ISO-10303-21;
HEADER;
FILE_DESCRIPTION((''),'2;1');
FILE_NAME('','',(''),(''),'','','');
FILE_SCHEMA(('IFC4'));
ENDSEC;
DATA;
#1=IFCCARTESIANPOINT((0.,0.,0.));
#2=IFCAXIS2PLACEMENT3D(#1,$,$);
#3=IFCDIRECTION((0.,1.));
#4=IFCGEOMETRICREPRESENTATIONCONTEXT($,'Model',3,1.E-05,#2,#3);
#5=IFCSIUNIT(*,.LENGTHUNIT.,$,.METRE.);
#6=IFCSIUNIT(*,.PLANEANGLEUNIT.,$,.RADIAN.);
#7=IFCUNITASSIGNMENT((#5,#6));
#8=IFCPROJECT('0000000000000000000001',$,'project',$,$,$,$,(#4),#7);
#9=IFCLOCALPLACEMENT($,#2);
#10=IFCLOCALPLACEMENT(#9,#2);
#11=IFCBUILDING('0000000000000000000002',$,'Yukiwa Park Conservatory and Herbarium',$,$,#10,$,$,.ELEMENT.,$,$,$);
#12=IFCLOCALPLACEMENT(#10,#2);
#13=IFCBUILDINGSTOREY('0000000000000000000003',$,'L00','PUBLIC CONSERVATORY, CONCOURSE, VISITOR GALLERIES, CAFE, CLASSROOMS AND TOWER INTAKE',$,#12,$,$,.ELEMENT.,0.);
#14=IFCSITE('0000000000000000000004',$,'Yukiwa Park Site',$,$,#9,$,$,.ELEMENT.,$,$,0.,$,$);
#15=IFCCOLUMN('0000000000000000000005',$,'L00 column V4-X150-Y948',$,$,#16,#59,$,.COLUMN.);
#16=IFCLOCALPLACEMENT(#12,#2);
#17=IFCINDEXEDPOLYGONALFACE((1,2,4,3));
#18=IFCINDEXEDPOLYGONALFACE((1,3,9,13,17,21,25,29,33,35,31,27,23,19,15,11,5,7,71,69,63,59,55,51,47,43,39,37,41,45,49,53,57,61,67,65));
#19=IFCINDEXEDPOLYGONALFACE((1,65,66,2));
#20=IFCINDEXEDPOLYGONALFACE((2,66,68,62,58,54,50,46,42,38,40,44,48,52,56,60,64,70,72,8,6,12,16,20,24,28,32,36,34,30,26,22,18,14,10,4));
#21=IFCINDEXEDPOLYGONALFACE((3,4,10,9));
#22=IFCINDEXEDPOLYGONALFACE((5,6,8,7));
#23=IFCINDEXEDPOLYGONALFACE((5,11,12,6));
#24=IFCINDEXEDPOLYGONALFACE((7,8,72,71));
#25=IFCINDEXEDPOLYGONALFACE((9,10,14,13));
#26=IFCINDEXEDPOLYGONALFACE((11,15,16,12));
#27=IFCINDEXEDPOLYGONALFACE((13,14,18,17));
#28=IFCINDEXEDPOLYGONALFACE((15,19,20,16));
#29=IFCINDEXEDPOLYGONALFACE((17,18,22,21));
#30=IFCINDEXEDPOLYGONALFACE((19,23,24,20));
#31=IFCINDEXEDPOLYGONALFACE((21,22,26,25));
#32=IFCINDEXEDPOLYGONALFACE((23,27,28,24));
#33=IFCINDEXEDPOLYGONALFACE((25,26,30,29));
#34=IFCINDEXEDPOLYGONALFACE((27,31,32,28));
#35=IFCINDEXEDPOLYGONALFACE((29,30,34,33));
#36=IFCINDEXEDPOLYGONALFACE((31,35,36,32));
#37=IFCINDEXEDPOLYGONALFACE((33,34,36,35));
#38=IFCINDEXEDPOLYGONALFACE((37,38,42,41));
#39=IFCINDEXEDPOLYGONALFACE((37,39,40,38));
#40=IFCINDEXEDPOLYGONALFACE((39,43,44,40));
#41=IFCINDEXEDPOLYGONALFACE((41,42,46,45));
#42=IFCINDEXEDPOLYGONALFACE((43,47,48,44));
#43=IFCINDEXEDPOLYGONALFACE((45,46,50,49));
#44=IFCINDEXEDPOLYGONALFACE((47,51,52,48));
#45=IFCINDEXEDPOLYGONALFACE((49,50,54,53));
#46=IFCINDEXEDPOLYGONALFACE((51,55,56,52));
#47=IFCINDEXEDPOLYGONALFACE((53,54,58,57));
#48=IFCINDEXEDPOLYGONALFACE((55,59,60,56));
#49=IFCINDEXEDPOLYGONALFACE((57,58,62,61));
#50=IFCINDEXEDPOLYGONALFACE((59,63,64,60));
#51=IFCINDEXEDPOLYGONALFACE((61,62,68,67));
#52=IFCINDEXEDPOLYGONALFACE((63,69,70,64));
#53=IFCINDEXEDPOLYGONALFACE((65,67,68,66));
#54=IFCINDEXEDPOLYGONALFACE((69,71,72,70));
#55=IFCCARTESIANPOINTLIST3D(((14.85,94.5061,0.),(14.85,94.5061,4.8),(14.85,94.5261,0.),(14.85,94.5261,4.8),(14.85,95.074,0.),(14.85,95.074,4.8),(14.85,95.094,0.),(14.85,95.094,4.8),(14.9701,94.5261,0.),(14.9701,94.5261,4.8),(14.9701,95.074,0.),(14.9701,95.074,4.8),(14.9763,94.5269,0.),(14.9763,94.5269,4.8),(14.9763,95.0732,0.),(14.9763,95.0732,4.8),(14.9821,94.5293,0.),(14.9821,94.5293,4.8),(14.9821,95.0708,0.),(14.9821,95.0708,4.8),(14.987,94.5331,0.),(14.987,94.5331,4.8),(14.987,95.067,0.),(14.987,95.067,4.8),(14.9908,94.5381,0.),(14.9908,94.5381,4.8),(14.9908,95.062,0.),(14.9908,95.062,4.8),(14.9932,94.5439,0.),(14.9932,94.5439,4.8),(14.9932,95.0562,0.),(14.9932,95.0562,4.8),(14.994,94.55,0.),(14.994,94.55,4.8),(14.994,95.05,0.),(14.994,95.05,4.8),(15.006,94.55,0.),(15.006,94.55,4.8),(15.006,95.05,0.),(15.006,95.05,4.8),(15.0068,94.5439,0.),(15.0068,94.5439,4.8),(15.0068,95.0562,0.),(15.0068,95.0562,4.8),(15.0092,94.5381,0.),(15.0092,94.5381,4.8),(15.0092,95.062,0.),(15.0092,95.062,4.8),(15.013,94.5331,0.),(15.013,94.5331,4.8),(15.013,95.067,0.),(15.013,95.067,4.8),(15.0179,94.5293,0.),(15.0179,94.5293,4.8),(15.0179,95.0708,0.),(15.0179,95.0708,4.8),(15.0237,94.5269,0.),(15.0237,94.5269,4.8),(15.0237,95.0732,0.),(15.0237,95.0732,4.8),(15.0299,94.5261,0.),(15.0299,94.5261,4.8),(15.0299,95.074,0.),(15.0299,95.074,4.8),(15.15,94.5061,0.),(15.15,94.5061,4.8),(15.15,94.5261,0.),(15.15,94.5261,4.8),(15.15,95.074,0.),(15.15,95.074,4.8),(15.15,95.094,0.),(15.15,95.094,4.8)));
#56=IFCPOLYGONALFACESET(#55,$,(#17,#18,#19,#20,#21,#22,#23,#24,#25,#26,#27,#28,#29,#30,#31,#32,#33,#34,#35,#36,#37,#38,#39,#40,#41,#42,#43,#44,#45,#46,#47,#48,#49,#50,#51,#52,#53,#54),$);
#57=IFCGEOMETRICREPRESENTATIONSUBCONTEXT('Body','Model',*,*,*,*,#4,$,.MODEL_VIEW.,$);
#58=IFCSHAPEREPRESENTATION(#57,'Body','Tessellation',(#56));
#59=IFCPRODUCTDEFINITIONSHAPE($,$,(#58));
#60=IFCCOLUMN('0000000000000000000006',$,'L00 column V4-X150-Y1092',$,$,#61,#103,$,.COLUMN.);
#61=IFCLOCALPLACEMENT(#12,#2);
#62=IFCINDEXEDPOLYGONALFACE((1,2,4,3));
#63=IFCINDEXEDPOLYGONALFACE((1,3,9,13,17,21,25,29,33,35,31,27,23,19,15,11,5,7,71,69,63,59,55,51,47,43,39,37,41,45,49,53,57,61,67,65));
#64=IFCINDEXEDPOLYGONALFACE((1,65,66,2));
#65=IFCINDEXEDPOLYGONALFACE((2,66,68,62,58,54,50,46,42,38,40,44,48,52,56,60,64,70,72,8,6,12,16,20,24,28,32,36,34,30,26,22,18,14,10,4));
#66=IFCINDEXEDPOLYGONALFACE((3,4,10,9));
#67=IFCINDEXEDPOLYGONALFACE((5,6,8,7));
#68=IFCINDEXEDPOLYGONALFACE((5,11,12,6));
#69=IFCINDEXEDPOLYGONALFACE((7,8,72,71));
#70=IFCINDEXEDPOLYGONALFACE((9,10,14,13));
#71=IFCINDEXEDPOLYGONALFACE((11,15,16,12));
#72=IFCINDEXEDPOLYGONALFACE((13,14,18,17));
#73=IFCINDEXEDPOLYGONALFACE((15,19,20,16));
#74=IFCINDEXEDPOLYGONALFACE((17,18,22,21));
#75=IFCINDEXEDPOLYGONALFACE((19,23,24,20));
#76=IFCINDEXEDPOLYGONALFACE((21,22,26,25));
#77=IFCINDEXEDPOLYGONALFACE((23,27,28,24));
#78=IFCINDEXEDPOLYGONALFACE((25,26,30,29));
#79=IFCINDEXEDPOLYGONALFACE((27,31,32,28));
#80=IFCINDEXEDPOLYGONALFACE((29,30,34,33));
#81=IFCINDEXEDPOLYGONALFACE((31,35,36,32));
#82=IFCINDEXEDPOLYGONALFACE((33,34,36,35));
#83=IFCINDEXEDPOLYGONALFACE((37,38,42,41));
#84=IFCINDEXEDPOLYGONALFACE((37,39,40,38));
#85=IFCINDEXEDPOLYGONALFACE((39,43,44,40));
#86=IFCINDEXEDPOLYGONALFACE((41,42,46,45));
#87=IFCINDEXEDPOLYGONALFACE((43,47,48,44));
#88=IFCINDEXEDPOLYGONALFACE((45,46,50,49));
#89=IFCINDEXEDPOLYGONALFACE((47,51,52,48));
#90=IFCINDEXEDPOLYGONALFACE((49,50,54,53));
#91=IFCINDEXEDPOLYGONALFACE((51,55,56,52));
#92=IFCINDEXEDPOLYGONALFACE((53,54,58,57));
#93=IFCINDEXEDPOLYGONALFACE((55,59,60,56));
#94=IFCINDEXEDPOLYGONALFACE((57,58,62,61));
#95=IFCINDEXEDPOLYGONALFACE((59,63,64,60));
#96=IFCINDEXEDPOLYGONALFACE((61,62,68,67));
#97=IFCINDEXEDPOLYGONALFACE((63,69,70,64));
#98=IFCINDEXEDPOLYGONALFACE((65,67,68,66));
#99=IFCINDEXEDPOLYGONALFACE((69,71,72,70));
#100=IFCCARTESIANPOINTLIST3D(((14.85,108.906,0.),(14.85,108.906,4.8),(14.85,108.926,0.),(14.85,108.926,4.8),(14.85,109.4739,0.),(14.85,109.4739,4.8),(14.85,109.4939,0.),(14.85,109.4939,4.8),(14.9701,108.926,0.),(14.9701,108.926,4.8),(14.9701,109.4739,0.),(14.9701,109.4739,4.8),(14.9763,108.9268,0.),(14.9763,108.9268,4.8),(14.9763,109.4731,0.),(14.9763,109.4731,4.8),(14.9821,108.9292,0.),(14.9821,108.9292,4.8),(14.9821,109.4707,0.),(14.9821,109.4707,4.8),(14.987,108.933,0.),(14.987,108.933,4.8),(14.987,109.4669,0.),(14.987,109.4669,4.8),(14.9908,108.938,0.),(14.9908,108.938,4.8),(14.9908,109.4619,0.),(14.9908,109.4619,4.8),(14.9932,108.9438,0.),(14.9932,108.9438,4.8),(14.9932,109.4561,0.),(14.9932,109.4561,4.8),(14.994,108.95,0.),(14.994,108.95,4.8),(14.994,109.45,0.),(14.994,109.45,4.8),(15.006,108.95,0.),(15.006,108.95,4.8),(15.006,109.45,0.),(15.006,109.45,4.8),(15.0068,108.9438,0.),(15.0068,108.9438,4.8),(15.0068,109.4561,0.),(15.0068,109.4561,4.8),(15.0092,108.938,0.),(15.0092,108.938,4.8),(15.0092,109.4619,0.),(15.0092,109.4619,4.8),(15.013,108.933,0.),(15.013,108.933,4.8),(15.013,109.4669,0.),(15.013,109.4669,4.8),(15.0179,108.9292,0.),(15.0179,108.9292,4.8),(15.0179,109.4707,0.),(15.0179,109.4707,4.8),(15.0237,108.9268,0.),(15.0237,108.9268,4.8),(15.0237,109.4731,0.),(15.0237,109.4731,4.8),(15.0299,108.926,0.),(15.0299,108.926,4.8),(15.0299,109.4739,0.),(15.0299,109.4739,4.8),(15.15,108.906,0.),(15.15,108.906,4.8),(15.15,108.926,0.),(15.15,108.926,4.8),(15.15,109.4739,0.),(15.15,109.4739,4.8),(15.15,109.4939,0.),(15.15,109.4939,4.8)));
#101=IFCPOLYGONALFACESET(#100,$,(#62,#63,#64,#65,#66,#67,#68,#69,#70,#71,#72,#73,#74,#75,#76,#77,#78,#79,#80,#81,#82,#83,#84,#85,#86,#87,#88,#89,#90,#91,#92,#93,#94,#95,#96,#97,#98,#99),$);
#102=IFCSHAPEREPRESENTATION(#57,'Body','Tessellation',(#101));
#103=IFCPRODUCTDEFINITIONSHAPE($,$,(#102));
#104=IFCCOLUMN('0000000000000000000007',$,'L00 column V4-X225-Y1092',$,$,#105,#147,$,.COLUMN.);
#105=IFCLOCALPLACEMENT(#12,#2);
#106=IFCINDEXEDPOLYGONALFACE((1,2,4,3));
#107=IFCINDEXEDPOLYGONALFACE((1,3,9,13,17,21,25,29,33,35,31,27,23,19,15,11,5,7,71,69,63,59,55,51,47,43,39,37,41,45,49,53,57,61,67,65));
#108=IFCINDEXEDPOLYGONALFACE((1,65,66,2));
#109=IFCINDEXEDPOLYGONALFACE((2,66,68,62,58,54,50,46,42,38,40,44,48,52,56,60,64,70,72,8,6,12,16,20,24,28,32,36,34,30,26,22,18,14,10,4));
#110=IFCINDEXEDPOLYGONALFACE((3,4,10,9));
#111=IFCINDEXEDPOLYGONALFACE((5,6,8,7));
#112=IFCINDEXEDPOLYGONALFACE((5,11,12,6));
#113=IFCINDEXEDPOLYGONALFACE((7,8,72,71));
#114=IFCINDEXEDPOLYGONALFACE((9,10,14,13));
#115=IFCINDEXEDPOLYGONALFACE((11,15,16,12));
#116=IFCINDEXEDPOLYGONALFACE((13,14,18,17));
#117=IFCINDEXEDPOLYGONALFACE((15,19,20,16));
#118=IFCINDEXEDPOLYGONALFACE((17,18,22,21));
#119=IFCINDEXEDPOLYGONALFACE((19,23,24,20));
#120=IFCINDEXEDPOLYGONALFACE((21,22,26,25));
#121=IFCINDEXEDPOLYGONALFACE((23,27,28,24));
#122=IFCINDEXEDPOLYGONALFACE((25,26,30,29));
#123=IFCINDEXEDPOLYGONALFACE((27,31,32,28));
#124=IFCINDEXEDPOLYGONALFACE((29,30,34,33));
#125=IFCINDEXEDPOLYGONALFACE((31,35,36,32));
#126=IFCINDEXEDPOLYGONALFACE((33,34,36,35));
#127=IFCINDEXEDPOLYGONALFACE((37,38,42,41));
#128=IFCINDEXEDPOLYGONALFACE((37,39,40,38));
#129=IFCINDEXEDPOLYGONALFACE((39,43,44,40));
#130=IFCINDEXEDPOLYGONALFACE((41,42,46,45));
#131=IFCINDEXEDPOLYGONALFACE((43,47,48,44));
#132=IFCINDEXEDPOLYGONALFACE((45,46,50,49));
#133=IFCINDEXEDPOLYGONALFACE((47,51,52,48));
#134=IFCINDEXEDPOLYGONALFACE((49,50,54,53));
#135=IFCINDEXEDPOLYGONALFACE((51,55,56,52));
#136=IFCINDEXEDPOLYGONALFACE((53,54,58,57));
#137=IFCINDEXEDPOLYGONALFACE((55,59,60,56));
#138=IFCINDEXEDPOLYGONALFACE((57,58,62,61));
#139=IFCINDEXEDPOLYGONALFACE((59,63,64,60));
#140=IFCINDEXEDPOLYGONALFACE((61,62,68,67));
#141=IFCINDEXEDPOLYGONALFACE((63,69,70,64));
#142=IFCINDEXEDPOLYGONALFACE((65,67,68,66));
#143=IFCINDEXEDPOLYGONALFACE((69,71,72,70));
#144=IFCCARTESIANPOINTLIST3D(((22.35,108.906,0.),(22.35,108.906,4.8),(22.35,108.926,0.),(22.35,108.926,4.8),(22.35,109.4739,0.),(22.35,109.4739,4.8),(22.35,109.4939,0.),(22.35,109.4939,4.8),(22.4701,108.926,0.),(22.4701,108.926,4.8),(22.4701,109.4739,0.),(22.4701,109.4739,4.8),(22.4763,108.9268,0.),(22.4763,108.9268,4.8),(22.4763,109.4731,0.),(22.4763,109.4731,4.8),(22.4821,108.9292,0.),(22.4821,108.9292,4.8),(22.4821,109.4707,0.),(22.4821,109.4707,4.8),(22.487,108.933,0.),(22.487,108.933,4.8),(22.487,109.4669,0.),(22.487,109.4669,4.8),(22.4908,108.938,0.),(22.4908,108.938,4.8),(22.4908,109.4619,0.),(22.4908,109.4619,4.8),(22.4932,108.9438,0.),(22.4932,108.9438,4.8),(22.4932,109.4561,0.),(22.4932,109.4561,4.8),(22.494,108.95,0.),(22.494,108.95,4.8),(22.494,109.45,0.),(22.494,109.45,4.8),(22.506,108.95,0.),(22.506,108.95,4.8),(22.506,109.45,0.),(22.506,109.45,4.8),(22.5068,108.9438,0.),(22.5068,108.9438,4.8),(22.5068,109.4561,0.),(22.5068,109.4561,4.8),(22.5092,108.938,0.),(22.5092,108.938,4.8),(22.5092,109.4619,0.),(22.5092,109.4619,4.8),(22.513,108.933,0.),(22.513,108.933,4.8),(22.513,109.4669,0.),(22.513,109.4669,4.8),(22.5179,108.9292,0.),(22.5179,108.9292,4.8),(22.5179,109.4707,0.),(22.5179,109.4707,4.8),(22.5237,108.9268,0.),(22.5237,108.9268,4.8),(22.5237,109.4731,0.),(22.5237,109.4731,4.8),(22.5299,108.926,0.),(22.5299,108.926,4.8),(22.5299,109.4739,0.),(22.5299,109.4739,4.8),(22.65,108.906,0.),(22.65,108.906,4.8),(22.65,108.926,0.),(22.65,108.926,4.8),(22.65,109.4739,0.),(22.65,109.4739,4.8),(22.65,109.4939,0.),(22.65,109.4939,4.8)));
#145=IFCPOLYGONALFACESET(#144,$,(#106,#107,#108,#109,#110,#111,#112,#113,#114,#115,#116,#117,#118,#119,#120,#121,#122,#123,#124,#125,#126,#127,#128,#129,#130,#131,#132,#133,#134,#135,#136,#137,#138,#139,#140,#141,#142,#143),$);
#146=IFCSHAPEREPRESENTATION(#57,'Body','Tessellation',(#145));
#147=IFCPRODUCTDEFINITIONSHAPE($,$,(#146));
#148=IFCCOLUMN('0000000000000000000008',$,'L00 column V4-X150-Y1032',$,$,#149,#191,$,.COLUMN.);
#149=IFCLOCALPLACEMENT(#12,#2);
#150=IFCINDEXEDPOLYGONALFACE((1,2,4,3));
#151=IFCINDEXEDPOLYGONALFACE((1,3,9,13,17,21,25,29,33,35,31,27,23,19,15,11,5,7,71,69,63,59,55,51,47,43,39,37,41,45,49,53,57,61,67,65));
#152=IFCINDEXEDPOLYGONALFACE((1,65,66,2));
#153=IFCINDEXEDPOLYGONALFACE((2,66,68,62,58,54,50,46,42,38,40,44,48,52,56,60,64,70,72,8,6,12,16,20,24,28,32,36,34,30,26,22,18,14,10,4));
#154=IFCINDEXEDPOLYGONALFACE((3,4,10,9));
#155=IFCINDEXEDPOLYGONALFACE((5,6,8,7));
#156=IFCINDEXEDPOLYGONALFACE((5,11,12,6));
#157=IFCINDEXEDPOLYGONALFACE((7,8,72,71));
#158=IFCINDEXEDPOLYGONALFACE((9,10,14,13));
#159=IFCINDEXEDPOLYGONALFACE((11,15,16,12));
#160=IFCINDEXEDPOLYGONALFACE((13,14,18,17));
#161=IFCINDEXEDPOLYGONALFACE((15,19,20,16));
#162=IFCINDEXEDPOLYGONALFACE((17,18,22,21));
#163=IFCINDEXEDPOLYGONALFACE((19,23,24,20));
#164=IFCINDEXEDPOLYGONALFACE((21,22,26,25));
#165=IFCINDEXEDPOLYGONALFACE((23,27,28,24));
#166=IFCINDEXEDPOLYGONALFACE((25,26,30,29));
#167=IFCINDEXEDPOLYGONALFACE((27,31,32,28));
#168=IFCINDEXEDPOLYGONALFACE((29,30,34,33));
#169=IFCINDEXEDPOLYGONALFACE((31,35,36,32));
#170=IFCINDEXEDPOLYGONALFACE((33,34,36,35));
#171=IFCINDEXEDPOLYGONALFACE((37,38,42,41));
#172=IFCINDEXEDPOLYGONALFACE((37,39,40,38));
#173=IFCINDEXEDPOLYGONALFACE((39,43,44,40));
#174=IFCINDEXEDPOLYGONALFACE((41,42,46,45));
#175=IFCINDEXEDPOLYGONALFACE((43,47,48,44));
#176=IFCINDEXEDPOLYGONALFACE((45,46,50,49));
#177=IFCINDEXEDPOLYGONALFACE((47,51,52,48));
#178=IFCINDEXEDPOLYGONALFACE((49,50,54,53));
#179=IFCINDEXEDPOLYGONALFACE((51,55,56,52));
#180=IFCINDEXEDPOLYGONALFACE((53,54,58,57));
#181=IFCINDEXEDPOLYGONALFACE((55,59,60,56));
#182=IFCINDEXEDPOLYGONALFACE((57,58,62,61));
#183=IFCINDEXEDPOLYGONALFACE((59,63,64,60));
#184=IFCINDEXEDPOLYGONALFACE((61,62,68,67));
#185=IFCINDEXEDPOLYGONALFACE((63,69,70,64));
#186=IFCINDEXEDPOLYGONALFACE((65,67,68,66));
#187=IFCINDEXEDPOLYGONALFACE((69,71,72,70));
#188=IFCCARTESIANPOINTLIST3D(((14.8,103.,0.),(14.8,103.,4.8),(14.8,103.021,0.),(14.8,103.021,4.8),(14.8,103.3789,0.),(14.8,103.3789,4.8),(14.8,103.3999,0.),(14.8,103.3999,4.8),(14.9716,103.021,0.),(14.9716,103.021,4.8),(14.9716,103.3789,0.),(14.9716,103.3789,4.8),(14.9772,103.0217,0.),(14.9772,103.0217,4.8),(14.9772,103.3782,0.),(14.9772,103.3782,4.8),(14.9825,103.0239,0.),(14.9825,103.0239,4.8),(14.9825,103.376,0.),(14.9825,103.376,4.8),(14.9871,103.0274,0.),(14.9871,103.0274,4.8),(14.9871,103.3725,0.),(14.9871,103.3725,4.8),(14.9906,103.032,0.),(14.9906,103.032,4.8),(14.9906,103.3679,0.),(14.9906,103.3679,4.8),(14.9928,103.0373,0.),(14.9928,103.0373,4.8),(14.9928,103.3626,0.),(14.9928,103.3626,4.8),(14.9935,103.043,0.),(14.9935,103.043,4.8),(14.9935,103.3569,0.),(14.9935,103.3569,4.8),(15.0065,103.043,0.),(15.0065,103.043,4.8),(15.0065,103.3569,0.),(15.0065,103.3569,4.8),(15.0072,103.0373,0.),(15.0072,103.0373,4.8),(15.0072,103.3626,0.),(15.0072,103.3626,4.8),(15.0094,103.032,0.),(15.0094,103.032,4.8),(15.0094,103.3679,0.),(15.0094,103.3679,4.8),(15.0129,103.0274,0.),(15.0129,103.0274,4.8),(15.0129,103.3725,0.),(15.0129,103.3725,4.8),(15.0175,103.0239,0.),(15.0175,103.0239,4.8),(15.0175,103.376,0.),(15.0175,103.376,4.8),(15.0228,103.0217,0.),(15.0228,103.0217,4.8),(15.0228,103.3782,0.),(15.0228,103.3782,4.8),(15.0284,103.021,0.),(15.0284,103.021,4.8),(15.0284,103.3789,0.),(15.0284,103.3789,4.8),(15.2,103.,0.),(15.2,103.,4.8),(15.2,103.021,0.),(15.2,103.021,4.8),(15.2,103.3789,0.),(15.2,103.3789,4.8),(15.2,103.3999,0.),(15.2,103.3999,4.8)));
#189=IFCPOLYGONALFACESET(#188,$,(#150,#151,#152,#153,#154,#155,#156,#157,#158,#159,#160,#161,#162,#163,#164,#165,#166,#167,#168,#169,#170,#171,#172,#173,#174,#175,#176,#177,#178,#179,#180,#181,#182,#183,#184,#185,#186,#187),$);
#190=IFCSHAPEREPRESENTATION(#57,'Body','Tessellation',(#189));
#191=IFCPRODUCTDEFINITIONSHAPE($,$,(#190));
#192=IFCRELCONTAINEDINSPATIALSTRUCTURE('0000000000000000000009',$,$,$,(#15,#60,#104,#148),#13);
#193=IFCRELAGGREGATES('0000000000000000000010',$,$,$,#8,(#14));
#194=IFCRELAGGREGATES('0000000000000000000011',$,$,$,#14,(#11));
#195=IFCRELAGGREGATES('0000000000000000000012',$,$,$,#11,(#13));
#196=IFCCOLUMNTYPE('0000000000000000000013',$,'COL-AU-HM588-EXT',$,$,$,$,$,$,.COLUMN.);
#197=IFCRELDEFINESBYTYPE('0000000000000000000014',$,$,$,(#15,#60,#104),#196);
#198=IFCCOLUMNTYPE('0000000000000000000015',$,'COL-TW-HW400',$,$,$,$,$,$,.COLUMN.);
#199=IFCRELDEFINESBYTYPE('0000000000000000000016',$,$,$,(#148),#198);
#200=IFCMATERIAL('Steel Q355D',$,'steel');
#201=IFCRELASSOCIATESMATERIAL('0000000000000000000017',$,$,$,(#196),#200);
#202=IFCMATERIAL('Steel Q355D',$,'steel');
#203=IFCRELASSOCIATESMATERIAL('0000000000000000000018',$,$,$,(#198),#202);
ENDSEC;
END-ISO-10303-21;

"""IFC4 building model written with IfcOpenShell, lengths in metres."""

from ifc_helpers import new_model, si_unit, direction, frame, origin, origin_2d, place, context, subcontext, project, spatial, i_section, extrude, material, material_profile, profile_set, type_object, element, save


model = new_model("IFC4")

# Units and contexts
model_context = context("Model", 3, precision=1e-05, world=origin(), true_north=direction((0.0, 1.0)))
body_context = subcontext(model_context, "Body", "Model", "MODEL_VIEW")
ifc_project = project(units=[si_unit("LENGTHUNIT", "METRE"), si_unit("PLANEANGLEUNIT", "RADIAN")], contexts=[model_context])

# Site, building, storey
site_placement = place(None, origin())
site = spatial("IfcSite", under=ifc_project, at=site_placement, Name="Yukiwa Park Site", CompositionType="ELEMENT", RefElevation=0.0)
building_placement = place(site_placement, origin())
building = spatial("IfcBuilding", under=site, at=building_placement, Name="Yukiwa Park Conservatory and Herbarium", CompositionType="ELEMENT")
storey_placement = place(building_placement, origin())
storey = spatial("IfcBuildingStorey", under=building, at=storey_placement, Name="L00", Description="PUBLIC CONSERVATORY, CONCOURSE, VISITOR GALLERIES, CAFE, CLASSROOMS AND TOWER INTAKE", CompositionType="ELEMENT", Elevation=0.0)

# Columns
ifc_material_1 = material(Name="Steel Q355D", Category="steel")
ifc_material_profile_1 = material_profile(ifc_material_1, i_section(OverallWidth=0.3, OverallDepth=0.5879, WebThickness=0.012, FlangeThickness=0.02, FilletRadius=0.0239, at=origin_2d()), Name="HM 588x300x12x20")
ifc_profile_set_1 = profile_set([ifc_material_profile_1], Name="Steel Q355D")
column_type_1 = type_object("IfcColumnType", Name="COL-AU-HM588-EXT", PredefinedType="COLUMN", material=ifc_profile_set_1)
for number, where, z_axis, x_axis, name in (
    (1, (15.0, 94.8, 0.0), (0.0, 0.0, 1.0), (1.0, 0.0, 0.0), "L00 column V4-X150-Y948"),
    (2, (15.0, 109.2, 0.0), (0.0, 0.0, 1.0), (1.0, 0.0, 0.0), "L00 column V4-X150-Y1092"),
    (3, (22.5, 109.2, 0.0), (0.0, 0.0, 1.0), (1.0, 0.0, 0.0), "L00 column V4-X225-Y1092"),
):
    element("IfcColumn", number, at=place(storey_placement, frame(where, z_axis=z_axis, x_axis=x_axis)), inside=storey, type_object=column_type_1, Name=name, PredefinedType="COLUMN", context=body_context, shape_type="SweptSolid", body=[
        extrude(i_section(OverallWidth=0.3, OverallDepth=0.5879, WebThickness=0.012, FlangeThickness=0.02, FilletRadius=0.0239, at=origin_2d()), origin(), (0.0, 0.0, 1.0), 4.8),
    ])
ifc_material_2 = material(Name="Steel Q355D", Category="steel")
ifc_material_profile_2 = material_profile(ifc_material_2, i_section(OverallWidth=0.3999, OverallDepth=0.3999, WebThickness=0.0129, FlangeThickness=0.021, FilletRadius=0.022, at=origin_2d()), Name="HW 400x400x13x21")
ifc_profile_set_2 = profile_set([ifc_material_profile_2], Name="Steel Q355D")
column_type_2 = type_object("IfcColumnType", Name="COL-TW-HW400", PredefinedType="COLUMN", material=ifc_profile_set_2)
for number, where, z_axis, x_axis, name in (
    (4, (15.0, 103.2, 0.0), (0.0, 0.0, 1.0), (1.0, 0.0, 0.0), "L00 column V4-X150-Y1032"),
):
    element("IfcColumn", number, at=place(storey_placement, frame(where, z_axis=z_axis, x_axis=x_axis)), inside=storey, type_object=column_type_2, Name=name, PredefinedType="COLUMN", context=body_context, shape_type="SweptSolid", body=[
        extrude(i_section(OverallWidth=0.3999, OverallDepth=0.3999, WebThickness=0.0129, FlangeThickness=0.021, FilletRadius=0.022, at=origin_2d()), origin(), (0.0, 0.0, 1.0), 4.8),
    ])

save(model, "model.ifc")
